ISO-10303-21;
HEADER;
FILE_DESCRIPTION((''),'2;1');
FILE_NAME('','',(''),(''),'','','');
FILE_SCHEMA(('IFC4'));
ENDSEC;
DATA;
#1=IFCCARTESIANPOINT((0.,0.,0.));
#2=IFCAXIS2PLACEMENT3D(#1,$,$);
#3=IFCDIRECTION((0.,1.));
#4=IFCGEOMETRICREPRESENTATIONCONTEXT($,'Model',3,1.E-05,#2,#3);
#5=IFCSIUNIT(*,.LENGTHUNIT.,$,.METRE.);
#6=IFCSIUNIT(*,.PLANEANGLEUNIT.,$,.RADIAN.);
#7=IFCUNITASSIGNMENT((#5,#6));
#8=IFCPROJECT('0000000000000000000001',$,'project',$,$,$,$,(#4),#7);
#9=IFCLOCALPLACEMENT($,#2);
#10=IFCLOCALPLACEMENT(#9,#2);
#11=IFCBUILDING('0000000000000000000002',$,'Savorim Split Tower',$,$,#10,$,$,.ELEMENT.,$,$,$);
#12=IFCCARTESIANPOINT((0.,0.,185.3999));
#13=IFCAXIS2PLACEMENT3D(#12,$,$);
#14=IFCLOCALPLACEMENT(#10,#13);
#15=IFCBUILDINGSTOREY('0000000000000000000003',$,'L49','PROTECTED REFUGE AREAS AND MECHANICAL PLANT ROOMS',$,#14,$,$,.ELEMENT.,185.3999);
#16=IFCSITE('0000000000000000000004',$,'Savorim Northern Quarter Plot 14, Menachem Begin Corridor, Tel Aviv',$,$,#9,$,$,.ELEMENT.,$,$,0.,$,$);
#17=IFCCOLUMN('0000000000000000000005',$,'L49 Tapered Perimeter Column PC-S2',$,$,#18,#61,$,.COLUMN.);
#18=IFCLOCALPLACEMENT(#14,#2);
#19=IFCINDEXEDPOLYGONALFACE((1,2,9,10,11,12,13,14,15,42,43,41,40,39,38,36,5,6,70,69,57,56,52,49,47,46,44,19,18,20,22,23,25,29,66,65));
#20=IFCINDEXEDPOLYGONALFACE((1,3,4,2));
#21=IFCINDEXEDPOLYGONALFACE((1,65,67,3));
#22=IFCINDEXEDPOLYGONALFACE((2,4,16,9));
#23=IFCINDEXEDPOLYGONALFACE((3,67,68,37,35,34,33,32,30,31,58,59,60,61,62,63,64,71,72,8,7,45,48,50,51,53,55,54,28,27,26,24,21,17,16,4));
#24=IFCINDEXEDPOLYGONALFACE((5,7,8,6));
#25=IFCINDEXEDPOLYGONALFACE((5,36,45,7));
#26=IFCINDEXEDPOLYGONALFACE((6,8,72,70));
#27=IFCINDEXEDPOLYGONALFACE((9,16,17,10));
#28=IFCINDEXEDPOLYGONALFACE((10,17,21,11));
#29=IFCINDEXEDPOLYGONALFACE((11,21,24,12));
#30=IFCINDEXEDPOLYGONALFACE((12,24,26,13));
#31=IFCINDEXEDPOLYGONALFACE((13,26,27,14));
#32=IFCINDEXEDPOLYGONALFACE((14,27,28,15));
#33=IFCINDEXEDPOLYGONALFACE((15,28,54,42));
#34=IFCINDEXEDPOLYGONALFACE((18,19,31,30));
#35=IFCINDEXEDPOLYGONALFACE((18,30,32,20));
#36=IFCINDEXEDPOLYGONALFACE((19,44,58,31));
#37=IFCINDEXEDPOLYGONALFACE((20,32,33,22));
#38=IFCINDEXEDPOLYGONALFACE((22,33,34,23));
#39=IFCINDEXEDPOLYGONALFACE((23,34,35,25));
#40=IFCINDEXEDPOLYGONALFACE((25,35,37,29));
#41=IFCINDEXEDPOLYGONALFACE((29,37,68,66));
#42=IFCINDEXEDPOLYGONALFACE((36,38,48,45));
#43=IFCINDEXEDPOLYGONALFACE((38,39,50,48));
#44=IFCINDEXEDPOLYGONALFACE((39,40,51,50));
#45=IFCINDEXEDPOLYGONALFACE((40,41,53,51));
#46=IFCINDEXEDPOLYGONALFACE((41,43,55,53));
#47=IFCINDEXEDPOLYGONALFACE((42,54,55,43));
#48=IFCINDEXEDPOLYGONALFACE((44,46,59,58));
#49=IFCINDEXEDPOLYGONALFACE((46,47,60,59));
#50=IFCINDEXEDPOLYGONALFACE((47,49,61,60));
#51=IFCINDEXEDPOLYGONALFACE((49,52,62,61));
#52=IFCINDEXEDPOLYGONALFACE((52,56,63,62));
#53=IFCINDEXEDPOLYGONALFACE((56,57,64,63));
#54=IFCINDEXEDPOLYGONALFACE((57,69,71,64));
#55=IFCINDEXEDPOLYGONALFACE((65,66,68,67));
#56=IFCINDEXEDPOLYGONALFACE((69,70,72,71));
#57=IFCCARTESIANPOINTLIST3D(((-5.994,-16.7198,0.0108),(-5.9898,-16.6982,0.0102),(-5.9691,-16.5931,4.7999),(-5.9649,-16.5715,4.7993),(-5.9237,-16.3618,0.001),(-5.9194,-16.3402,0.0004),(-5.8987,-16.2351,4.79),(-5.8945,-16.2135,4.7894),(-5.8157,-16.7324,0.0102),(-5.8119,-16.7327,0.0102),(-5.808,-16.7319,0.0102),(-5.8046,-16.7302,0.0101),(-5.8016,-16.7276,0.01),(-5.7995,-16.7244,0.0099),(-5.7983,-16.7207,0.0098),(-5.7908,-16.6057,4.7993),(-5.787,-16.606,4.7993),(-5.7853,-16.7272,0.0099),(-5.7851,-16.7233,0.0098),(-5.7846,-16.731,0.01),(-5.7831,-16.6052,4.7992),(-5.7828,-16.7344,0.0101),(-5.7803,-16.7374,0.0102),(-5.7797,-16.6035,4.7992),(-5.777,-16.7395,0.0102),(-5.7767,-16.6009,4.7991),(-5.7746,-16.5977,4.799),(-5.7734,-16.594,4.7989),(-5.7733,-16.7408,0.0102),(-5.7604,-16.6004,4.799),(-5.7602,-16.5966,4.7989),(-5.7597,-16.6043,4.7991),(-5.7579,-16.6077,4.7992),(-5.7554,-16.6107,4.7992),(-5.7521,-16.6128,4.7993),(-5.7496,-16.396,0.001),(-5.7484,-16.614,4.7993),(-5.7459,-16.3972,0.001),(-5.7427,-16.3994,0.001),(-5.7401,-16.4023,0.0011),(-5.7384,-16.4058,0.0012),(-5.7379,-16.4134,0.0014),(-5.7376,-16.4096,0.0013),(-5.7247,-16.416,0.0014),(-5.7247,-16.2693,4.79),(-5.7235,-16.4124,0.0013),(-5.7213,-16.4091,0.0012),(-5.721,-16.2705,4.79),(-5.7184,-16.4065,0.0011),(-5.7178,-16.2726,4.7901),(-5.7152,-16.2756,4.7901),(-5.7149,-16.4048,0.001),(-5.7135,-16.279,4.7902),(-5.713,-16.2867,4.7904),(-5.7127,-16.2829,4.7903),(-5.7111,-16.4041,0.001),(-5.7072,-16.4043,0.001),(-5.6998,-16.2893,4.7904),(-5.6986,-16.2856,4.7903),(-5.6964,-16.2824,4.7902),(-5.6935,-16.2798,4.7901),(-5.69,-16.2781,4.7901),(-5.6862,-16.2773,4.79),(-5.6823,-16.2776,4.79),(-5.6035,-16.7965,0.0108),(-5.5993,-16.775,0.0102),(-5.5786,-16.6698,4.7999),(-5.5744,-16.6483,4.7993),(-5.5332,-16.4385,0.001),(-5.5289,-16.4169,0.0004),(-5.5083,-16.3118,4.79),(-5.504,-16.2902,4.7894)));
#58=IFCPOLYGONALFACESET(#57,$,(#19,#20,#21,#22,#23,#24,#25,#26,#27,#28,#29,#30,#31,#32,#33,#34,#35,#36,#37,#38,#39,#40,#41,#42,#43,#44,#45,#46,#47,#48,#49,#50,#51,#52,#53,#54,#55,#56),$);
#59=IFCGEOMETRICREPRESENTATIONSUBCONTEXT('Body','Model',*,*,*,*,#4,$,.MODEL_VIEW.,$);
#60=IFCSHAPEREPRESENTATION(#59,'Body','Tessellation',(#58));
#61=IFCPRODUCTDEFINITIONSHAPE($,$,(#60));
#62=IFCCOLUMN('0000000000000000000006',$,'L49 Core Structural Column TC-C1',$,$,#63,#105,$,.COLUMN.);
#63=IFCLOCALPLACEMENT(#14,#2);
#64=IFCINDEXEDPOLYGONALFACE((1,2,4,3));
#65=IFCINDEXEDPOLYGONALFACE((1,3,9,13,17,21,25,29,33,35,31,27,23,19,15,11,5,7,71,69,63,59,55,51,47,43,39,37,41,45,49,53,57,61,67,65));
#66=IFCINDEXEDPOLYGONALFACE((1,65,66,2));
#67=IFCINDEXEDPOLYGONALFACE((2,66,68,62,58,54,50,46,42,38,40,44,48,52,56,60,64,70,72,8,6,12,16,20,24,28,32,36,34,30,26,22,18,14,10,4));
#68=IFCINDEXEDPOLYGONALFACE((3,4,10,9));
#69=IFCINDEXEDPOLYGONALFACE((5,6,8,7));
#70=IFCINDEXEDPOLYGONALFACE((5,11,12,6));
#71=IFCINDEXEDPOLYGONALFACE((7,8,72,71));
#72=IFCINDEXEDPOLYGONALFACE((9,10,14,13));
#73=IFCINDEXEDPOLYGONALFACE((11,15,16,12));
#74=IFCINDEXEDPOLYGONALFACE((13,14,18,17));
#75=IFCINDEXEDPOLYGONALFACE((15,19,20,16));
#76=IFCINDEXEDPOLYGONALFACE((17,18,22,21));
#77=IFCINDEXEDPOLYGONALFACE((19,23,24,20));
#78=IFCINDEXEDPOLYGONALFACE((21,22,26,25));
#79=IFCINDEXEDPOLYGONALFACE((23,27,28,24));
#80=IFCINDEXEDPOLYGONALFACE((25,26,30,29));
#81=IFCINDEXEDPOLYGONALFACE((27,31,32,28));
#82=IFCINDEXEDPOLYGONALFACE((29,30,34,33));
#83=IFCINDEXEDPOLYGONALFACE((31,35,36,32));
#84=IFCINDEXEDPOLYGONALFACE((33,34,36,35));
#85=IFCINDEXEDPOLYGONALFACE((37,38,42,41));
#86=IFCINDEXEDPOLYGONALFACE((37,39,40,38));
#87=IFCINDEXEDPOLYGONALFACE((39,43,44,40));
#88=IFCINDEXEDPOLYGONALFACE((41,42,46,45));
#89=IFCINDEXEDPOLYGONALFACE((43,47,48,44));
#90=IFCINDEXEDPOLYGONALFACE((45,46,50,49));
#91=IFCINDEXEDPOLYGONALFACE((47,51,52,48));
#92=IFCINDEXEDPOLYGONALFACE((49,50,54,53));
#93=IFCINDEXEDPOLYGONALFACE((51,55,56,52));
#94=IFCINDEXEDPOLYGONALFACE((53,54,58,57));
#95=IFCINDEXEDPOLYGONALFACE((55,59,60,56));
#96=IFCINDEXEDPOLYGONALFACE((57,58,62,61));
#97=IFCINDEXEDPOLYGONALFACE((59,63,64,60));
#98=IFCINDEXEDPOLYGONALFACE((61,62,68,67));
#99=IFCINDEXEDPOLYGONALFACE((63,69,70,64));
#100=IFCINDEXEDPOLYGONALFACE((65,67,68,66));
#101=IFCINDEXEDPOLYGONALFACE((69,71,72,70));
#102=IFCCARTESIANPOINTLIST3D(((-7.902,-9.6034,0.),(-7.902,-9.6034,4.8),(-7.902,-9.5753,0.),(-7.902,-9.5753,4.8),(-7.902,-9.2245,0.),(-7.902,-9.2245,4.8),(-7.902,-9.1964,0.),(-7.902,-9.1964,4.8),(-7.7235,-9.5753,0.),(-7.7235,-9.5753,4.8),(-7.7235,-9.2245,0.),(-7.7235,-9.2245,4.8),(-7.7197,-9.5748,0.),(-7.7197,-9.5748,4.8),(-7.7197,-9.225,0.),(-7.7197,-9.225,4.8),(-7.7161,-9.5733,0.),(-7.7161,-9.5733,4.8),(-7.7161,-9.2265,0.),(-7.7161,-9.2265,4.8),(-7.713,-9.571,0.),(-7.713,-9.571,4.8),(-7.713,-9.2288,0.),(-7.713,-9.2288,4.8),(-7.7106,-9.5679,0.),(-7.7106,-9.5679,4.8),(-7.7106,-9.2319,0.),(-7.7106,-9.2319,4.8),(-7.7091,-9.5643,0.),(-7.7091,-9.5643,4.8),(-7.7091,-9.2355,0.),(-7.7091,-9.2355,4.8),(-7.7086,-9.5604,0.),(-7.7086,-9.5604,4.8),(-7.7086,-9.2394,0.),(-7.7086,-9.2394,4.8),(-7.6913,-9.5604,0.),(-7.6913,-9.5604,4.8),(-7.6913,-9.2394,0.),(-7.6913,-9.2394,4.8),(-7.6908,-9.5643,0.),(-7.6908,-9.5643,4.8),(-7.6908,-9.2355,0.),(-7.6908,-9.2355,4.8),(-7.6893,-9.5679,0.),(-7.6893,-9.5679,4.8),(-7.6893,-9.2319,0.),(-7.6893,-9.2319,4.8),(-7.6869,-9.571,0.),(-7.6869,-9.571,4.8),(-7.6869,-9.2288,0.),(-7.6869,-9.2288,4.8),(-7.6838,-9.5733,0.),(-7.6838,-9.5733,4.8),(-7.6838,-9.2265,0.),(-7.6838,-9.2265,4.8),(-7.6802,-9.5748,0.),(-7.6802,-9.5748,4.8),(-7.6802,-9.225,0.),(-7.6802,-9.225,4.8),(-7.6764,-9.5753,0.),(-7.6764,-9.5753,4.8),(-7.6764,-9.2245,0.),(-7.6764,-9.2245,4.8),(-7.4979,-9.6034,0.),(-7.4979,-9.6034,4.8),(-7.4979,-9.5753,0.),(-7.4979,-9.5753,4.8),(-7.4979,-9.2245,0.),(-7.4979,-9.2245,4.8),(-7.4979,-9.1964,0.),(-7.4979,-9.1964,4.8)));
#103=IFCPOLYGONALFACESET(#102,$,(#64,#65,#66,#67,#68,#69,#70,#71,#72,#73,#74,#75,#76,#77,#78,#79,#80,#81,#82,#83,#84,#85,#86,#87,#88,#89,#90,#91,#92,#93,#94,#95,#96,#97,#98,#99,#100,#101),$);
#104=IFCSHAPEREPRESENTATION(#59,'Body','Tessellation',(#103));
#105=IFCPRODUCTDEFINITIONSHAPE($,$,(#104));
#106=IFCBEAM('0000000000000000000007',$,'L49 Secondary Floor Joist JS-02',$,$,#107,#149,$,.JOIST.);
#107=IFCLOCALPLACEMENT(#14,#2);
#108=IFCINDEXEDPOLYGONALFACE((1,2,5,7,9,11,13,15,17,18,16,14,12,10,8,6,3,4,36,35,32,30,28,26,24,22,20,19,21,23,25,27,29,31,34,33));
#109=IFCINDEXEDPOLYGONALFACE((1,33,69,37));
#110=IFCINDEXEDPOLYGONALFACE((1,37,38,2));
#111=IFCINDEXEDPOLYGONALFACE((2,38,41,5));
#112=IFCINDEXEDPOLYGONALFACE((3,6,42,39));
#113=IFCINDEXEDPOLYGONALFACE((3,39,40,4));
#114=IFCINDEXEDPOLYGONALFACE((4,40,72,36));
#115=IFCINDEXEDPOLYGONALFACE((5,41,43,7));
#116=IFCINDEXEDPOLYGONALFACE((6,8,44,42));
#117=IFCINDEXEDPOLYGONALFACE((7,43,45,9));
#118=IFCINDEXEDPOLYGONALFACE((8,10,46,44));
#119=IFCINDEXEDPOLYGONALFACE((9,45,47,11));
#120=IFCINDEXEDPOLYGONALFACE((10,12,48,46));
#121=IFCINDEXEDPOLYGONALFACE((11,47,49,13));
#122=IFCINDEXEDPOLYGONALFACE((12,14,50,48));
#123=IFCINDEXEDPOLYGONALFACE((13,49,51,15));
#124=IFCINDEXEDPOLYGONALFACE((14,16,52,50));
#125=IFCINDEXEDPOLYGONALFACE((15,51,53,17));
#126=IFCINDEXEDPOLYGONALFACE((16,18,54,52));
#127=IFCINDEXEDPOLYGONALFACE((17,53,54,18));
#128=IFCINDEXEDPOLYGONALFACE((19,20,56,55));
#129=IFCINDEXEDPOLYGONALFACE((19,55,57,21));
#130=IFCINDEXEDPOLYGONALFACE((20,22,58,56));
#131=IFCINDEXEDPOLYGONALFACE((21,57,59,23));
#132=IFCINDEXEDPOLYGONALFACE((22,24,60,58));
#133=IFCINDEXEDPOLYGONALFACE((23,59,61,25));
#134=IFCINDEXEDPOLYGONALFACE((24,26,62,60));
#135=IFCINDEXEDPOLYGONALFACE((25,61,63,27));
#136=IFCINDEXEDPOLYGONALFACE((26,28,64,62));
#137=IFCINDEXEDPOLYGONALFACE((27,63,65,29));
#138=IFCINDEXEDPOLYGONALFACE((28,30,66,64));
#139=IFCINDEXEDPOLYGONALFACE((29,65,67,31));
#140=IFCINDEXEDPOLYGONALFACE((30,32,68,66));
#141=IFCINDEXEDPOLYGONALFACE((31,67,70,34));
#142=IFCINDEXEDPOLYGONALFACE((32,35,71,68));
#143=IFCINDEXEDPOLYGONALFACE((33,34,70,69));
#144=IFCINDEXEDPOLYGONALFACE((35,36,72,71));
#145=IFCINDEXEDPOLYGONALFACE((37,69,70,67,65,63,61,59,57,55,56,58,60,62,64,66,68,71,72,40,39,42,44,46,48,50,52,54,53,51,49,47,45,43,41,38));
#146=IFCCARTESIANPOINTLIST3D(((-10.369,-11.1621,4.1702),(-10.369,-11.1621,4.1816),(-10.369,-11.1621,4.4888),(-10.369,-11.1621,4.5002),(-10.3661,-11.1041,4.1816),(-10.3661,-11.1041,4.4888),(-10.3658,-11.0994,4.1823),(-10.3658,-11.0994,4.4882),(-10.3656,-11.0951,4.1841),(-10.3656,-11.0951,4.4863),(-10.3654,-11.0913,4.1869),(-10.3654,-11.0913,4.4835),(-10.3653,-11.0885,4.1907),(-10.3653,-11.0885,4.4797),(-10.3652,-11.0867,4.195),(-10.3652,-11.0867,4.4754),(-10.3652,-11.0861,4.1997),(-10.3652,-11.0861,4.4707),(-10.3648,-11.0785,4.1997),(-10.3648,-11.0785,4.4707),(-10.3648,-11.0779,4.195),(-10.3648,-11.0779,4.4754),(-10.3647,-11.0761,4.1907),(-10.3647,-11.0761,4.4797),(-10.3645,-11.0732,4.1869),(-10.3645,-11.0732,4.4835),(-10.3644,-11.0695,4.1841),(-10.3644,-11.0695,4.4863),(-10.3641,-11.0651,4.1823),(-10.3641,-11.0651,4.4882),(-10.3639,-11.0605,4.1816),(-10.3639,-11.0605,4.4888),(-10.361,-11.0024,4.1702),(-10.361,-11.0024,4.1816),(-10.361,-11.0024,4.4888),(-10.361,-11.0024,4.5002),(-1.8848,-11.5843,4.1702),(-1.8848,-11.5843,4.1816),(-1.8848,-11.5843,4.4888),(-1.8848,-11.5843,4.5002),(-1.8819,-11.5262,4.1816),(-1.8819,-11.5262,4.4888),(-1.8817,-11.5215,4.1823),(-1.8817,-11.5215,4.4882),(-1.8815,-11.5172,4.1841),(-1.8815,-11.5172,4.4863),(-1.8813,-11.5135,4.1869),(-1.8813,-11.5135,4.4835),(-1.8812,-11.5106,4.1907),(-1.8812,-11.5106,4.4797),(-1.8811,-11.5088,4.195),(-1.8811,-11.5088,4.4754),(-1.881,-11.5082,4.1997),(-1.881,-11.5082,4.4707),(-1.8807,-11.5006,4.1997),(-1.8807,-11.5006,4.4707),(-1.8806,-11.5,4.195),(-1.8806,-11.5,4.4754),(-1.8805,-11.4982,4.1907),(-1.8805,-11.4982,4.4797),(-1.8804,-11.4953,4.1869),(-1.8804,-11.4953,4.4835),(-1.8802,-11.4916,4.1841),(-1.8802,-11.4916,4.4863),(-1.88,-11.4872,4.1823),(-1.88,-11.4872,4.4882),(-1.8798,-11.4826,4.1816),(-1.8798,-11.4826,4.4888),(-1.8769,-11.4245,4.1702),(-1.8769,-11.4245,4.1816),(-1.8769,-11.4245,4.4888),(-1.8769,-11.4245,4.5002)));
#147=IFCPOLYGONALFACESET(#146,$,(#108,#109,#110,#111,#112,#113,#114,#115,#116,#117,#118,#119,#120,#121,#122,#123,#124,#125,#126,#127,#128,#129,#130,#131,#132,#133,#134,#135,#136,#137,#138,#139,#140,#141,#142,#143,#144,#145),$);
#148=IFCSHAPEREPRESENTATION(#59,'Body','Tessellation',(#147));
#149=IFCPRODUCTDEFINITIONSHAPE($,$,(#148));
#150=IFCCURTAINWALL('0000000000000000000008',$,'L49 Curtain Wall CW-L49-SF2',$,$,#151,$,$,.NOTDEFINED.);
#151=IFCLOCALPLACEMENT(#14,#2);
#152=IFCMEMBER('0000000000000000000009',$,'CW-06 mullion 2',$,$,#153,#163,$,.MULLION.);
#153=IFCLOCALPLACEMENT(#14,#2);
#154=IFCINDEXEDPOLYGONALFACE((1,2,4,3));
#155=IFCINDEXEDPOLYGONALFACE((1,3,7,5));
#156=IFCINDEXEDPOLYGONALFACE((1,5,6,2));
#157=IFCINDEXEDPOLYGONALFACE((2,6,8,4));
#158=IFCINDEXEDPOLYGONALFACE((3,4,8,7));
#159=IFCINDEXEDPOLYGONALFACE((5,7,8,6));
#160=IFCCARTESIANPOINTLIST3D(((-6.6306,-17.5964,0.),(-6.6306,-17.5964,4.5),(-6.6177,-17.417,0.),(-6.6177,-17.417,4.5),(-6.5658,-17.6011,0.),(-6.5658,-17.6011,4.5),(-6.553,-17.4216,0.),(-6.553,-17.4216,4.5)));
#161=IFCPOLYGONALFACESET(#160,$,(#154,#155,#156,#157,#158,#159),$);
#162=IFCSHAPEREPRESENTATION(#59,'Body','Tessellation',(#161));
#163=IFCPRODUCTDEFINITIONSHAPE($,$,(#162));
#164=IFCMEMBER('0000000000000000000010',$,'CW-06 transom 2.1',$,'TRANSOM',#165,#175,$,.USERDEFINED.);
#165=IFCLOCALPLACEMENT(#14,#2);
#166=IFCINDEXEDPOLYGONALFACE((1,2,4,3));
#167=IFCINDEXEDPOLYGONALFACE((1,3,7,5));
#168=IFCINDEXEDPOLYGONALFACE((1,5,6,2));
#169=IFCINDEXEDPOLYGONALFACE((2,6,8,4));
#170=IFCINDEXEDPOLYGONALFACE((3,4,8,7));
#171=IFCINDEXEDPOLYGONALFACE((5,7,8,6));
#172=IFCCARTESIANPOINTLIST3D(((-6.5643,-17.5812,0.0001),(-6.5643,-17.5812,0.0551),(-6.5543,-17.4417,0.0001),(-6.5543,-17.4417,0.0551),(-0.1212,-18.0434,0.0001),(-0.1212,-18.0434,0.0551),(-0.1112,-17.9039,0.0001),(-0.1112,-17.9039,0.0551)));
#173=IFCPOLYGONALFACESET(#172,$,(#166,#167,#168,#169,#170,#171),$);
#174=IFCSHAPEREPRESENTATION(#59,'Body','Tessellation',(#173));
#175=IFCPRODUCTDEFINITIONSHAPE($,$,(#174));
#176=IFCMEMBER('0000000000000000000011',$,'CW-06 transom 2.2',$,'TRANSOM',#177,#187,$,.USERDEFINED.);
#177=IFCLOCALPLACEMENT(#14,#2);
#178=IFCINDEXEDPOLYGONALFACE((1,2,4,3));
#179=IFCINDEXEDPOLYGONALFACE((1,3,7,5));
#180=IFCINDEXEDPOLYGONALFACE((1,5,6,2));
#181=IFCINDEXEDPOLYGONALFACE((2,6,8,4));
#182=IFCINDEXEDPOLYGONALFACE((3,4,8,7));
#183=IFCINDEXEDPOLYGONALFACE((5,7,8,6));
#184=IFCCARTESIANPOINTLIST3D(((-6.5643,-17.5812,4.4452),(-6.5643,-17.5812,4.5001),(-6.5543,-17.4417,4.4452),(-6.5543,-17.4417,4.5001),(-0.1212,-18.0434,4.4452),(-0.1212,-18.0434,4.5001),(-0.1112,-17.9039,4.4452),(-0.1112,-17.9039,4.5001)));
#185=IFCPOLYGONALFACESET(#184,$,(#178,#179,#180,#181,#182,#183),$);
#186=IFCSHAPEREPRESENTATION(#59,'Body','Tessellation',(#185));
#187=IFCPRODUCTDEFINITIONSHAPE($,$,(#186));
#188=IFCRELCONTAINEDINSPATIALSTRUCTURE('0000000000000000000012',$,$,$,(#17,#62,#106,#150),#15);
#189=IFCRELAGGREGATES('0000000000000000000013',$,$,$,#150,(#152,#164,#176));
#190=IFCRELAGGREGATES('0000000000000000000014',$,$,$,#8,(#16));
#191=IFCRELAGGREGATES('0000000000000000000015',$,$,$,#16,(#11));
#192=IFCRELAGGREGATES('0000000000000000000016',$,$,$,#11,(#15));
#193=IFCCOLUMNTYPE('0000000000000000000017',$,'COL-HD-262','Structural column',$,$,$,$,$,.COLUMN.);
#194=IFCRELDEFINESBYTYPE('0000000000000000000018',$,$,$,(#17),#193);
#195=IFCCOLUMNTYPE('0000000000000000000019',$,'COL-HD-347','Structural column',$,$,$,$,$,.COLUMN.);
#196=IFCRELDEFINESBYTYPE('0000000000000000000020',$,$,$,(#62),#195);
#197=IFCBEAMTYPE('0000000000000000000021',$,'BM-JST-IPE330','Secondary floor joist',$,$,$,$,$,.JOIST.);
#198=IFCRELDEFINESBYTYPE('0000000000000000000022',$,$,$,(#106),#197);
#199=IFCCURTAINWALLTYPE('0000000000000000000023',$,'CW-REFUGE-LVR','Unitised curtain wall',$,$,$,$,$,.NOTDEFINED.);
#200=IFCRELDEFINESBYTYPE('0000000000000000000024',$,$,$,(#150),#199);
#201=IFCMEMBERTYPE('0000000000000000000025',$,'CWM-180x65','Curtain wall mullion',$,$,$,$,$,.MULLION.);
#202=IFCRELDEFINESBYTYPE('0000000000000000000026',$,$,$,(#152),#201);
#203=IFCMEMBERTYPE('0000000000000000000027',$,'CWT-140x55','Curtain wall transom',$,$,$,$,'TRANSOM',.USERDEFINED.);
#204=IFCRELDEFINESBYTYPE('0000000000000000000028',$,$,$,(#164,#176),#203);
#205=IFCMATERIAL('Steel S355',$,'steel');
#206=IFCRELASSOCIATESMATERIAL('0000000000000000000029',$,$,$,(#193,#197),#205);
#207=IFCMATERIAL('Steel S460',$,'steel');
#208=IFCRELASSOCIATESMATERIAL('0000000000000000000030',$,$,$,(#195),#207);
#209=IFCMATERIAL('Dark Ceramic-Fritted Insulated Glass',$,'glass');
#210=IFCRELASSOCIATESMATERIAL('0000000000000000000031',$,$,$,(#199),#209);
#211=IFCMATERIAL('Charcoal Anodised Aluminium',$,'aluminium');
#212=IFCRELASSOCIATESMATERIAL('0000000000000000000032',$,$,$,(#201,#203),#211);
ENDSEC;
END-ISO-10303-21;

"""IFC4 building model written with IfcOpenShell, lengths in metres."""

from ifc_helpers import new_model, si_unit, direction, frame, origin, origin_2d, place, context, subcontext, project, spatial, rectangle, i_section, extrude, material, material_profile, profile_set, type_object, element, aggregate, save


model = new_model("IFC4")

# Units and contexts
model_context = context("Model", 3, precision=1e-05, world=origin(), true_north=direction((0.0, 1.0)))
body_context = subcontext(model_context, "Body", "Model", "MODEL_VIEW")
ifc_project = project(units=[si_unit("LENGTHUNIT", "METRE"), si_unit("PLANEANGLEUNIT", "RADIAN")], contexts=[model_context])

# Site, building, storey
site_placement = place(None, origin())
site = spatial("IfcSite", under=ifc_project, at=site_placement, Name="Savorim Northern Quarter Plot 14, Menachem Begin Corridor, Tel Aviv", CompositionType="ELEMENT", RefElevation=0.0)
building_placement = place(site_placement, origin())
building = spatial("IfcBuilding", under=site, at=building_placement, Name="Savorim Split Tower", CompositionType="ELEMENT")
storey_placement = place(building_placement, frame((0.0, 0.0, 185.3999)))
storey = spatial("IfcBuildingStorey", under=building, at=storey_placement, Name="L49", Description="PROTECTED REFUGE AREAS AND MECHANICAL PLANT ROOMS", CompositionType="ELEMENT", Elevation=185.3999)

# Columns
ifc_material_1 = material(Name="Steel S355", Category="steel")
ifc_material_profile_1 = material_profile(ifc_material_1, i_section(OverallWidth=0.3979, OverallDepth=0.387, WebThickness=0.0134, FlangeThickness=0.022, FilletRadius=0.0149, at=origin_2d()), Name="HD 400x262")
ifc_profile_set_1 = profile_set([ifc_material_profile_1], Name="Steel S355")
column_type_1 = type_object("IfcColumnType", Name="COL-HD-262", Description="Structural column", PredefinedType="COLUMN", material=ifc_profile_set_1)
column_1_placement = place(storey_placement, frame((-5.7615, -16.5684, 0.0056), z_axis=(0.005198, 0.026448, 0.999637), x_axis=(-0.98123, 0.192843, 0.0)))
element("IfcColumn", 1, at=column_1_placement, inside=storey, type_object=column_type_1, Name="L49 Tapered Perimeter Column PC-S2", PredefinedType="COLUMN", context=body_context, shape_type="SweptSolid", body=[
    extrude(i_section(OverallWidth=0.3979, OverallDepth=0.387, WebThickness=0.0134, FlangeThickness=0.022, FilletRadius=0.0149, at=origin_2d()), origin(), (0.0, 0.0, 1.0), 4.7908),
])
ifc_material_2 = material(Name="Steel S460", Category="steel")
ifc_material_profile_2 = material_profile(ifc_material_2, i_section(OverallWidth=0.4041, OverallDepth=0.407, WebThickness=0.0173, FlangeThickness=0.0281, FilletRadius=0.0149, at=origin_2d()), Name="HD 400x347")
ifc_profile_set_2 = profile_set([ifc_material_profile_2], Name="Steel S460")
column_type_2 = type_object("IfcColumnType", Name="COL-HD-347", Description="Structural column", PredefinedType="COLUMN", material=ifc_profile_set_2)
column_2_placement = place(storey_placement, frame((-7.7, -9.3999, 0.0), z_axis=(0.0, 0.0, 1.0), x_axis=(1.0, 0.0, 0.0)))
element("IfcColumn", 2, at=column_2_placement, inside=storey, type_object=column_type_2, Name="L49 Core Structural Column TC-C1", PredefinedType="COLUMN", context=body_context, shape_type="SweptSolid", body=[
    extrude(i_section(OverallWidth=0.4041, OverallDepth=0.407, WebThickness=0.0173, FlangeThickness=0.0281, FilletRadius=0.0149, at=origin_2d()), origin(), (0.0, 0.0, 1.0), 4.8),
])

# Beam
ifc_material_profile_3 = material_profile(ifc_material_1, i_section(OverallWidth=0.1599, OverallDepth=0.3301, WebThickness=0.0076, FlangeThickness=0.0115, FilletRadius=0.0181, at=origin_2d()), Name="IPE 330")
ifc_profile_set_3 = profile_set([ifc_material_profile_3], Name="Steel S355")
beam_type = type_object("IfcBeamType", Name="BM-JST-IPE330", Description="Secondary floor joist", PredefinedType="JOIST", material=ifc_profile_set_3)
beam_placement = place(storey_placement, frame((-10.365, -11.0823, 4.3352), z_axis=(0.998765, -0.049692, 0.0), x_axis=(0.049692, 0.998765, 0.0)))
element("IfcBeam", 3, at=beam_placement, inside=storey, type_object=beam_type, Name="L49 Secondary Floor Joist JS-02", PredefinedType="JOIST", context=body_context, shape_type="SweptSolid", body=[
    extrude(i_section(OverallWidth=0.1599, OverallDepth=0.3301, WebThickness=0.0076, FlangeThickness=0.0115, FilletRadius=0.0181, at=origin_2d()), origin(), (0.0, 0.0, 1.0), 8.4946),
])

# Curtain wall, members
ifc_material_3 = material(Name="Dark Ceramic-Fritted Insulated Glass", Category="glass")
curtain_wall_type = type_object("IfcCurtainWallType", Name="CW-REFUGE-LVR", Description="Unitised curtain wall", PredefinedType="NOTDEFINED", material=ifc_material_3)
curtain_wall_placement = place(storey_placement, origin())
curtain_wall = element("IfcCurtainWall", 4, at=curtain_wall_placement, inside=storey, type_object=curtain_wall_type, Name="L49 Curtain Wall CW-L49-SF2", PredefinedType="NOTDEFINED")
ifc_material_4 = material(Name="Charcoal Anodised Aluminium", Category="aluminium")
ifc_material_profile_4 = material_profile(ifc_material_4, rectangle(XDim=0.1799, YDim=0.0649, at=origin_2d()), Name="ALU-M 180x65")
ifc_profile_set_4 = profile_set([ifc_material_profile_4], Name="Charcoal Anodised Aluminium")
member_type_1 = type_object("IfcMemberType", Name="CWM-180x65", Description="Curtain wall mullion", PredefinedType="MULLION", material=ifc_profile_set_4)
member_1_placement = place(storey_placement, frame((-6.5918, -17.509, 0.0), z_axis=(0.0, 0.0, 1.0), x_axis=(0.071562, 0.997436, 0.0)))
member_1 = element("IfcMember", 5, at=member_1_placement, type_object=member_type_1, Name="CW-06 mullion 2", PredefinedType="MULLION", context=body_context, shape_type="SweptSolid", body=[
    extrude(rectangle(XDim=0.1799, YDim=0.0649, at=origin_2d()), origin(), (0.0, 0.0, 1.0), 4.5),
])
ifc_material_profile_5 = material_profile(ifc_material_4, rectangle(XDim=0.1399, YDim=0.0549, at=origin_2d()), Name="ALU-T 140x55")
ifc_profile_set_5 = profile_set([ifc_material_profile_5], Name="Charcoal Anodised Aluminium")
member_type_2 = type_object("IfcMemberType", Name="CWT-140x55", Description="Curtain wall transom", ElementType="TRANSOM", PredefinedType="USERDEFINED", material=ifc_profile_set_5)
member_2_placement = place(storey_placement, frame((-6.5593, -17.5115, 0.0276), z_axis=(0.997437, -0.071545, 0.0), x_axis=(0.071545, 0.997437, 0.0)))
member_2 = element("IfcMember", 6, at=member_2_placement, type_object=member_type_2, Name="CW-06 transom 2.1", ObjectType="TRANSOM", PredefinedType="USERDEFINED", context=body_context, shape_type="SweptSolid", body=[
    extrude(rectangle(XDim=0.1399, YDim=0.0549, at=origin_2d()), origin(), (0.0, 0.0, 1.0), 6.4597),
])
member_3_placement = place(storey_placement, frame((-6.5593, -17.5115, 4.4727), z_axis=(0.997437, -0.071545, 0.0), x_axis=(0.071545, 0.997437, 0.0)))
member_3 = element("IfcMember", 7, at=member_3_placement, type_object=member_type_2, Name="CW-06 transom 2.2", ObjectType="TRANSOM", PredefinedType="USERDEFINED", context=body_context, shape_type="SweptSolid", body=[
    extrude(rectangle(XDim=0.1399, YDim=0.0549, at=origin_2d()), origin(), (0.0, 0.0, 1.0), 6.4597),
])

aggregate(curtain_wall, [member_1, member_2, member_3])

save(model, "model.ifc")
